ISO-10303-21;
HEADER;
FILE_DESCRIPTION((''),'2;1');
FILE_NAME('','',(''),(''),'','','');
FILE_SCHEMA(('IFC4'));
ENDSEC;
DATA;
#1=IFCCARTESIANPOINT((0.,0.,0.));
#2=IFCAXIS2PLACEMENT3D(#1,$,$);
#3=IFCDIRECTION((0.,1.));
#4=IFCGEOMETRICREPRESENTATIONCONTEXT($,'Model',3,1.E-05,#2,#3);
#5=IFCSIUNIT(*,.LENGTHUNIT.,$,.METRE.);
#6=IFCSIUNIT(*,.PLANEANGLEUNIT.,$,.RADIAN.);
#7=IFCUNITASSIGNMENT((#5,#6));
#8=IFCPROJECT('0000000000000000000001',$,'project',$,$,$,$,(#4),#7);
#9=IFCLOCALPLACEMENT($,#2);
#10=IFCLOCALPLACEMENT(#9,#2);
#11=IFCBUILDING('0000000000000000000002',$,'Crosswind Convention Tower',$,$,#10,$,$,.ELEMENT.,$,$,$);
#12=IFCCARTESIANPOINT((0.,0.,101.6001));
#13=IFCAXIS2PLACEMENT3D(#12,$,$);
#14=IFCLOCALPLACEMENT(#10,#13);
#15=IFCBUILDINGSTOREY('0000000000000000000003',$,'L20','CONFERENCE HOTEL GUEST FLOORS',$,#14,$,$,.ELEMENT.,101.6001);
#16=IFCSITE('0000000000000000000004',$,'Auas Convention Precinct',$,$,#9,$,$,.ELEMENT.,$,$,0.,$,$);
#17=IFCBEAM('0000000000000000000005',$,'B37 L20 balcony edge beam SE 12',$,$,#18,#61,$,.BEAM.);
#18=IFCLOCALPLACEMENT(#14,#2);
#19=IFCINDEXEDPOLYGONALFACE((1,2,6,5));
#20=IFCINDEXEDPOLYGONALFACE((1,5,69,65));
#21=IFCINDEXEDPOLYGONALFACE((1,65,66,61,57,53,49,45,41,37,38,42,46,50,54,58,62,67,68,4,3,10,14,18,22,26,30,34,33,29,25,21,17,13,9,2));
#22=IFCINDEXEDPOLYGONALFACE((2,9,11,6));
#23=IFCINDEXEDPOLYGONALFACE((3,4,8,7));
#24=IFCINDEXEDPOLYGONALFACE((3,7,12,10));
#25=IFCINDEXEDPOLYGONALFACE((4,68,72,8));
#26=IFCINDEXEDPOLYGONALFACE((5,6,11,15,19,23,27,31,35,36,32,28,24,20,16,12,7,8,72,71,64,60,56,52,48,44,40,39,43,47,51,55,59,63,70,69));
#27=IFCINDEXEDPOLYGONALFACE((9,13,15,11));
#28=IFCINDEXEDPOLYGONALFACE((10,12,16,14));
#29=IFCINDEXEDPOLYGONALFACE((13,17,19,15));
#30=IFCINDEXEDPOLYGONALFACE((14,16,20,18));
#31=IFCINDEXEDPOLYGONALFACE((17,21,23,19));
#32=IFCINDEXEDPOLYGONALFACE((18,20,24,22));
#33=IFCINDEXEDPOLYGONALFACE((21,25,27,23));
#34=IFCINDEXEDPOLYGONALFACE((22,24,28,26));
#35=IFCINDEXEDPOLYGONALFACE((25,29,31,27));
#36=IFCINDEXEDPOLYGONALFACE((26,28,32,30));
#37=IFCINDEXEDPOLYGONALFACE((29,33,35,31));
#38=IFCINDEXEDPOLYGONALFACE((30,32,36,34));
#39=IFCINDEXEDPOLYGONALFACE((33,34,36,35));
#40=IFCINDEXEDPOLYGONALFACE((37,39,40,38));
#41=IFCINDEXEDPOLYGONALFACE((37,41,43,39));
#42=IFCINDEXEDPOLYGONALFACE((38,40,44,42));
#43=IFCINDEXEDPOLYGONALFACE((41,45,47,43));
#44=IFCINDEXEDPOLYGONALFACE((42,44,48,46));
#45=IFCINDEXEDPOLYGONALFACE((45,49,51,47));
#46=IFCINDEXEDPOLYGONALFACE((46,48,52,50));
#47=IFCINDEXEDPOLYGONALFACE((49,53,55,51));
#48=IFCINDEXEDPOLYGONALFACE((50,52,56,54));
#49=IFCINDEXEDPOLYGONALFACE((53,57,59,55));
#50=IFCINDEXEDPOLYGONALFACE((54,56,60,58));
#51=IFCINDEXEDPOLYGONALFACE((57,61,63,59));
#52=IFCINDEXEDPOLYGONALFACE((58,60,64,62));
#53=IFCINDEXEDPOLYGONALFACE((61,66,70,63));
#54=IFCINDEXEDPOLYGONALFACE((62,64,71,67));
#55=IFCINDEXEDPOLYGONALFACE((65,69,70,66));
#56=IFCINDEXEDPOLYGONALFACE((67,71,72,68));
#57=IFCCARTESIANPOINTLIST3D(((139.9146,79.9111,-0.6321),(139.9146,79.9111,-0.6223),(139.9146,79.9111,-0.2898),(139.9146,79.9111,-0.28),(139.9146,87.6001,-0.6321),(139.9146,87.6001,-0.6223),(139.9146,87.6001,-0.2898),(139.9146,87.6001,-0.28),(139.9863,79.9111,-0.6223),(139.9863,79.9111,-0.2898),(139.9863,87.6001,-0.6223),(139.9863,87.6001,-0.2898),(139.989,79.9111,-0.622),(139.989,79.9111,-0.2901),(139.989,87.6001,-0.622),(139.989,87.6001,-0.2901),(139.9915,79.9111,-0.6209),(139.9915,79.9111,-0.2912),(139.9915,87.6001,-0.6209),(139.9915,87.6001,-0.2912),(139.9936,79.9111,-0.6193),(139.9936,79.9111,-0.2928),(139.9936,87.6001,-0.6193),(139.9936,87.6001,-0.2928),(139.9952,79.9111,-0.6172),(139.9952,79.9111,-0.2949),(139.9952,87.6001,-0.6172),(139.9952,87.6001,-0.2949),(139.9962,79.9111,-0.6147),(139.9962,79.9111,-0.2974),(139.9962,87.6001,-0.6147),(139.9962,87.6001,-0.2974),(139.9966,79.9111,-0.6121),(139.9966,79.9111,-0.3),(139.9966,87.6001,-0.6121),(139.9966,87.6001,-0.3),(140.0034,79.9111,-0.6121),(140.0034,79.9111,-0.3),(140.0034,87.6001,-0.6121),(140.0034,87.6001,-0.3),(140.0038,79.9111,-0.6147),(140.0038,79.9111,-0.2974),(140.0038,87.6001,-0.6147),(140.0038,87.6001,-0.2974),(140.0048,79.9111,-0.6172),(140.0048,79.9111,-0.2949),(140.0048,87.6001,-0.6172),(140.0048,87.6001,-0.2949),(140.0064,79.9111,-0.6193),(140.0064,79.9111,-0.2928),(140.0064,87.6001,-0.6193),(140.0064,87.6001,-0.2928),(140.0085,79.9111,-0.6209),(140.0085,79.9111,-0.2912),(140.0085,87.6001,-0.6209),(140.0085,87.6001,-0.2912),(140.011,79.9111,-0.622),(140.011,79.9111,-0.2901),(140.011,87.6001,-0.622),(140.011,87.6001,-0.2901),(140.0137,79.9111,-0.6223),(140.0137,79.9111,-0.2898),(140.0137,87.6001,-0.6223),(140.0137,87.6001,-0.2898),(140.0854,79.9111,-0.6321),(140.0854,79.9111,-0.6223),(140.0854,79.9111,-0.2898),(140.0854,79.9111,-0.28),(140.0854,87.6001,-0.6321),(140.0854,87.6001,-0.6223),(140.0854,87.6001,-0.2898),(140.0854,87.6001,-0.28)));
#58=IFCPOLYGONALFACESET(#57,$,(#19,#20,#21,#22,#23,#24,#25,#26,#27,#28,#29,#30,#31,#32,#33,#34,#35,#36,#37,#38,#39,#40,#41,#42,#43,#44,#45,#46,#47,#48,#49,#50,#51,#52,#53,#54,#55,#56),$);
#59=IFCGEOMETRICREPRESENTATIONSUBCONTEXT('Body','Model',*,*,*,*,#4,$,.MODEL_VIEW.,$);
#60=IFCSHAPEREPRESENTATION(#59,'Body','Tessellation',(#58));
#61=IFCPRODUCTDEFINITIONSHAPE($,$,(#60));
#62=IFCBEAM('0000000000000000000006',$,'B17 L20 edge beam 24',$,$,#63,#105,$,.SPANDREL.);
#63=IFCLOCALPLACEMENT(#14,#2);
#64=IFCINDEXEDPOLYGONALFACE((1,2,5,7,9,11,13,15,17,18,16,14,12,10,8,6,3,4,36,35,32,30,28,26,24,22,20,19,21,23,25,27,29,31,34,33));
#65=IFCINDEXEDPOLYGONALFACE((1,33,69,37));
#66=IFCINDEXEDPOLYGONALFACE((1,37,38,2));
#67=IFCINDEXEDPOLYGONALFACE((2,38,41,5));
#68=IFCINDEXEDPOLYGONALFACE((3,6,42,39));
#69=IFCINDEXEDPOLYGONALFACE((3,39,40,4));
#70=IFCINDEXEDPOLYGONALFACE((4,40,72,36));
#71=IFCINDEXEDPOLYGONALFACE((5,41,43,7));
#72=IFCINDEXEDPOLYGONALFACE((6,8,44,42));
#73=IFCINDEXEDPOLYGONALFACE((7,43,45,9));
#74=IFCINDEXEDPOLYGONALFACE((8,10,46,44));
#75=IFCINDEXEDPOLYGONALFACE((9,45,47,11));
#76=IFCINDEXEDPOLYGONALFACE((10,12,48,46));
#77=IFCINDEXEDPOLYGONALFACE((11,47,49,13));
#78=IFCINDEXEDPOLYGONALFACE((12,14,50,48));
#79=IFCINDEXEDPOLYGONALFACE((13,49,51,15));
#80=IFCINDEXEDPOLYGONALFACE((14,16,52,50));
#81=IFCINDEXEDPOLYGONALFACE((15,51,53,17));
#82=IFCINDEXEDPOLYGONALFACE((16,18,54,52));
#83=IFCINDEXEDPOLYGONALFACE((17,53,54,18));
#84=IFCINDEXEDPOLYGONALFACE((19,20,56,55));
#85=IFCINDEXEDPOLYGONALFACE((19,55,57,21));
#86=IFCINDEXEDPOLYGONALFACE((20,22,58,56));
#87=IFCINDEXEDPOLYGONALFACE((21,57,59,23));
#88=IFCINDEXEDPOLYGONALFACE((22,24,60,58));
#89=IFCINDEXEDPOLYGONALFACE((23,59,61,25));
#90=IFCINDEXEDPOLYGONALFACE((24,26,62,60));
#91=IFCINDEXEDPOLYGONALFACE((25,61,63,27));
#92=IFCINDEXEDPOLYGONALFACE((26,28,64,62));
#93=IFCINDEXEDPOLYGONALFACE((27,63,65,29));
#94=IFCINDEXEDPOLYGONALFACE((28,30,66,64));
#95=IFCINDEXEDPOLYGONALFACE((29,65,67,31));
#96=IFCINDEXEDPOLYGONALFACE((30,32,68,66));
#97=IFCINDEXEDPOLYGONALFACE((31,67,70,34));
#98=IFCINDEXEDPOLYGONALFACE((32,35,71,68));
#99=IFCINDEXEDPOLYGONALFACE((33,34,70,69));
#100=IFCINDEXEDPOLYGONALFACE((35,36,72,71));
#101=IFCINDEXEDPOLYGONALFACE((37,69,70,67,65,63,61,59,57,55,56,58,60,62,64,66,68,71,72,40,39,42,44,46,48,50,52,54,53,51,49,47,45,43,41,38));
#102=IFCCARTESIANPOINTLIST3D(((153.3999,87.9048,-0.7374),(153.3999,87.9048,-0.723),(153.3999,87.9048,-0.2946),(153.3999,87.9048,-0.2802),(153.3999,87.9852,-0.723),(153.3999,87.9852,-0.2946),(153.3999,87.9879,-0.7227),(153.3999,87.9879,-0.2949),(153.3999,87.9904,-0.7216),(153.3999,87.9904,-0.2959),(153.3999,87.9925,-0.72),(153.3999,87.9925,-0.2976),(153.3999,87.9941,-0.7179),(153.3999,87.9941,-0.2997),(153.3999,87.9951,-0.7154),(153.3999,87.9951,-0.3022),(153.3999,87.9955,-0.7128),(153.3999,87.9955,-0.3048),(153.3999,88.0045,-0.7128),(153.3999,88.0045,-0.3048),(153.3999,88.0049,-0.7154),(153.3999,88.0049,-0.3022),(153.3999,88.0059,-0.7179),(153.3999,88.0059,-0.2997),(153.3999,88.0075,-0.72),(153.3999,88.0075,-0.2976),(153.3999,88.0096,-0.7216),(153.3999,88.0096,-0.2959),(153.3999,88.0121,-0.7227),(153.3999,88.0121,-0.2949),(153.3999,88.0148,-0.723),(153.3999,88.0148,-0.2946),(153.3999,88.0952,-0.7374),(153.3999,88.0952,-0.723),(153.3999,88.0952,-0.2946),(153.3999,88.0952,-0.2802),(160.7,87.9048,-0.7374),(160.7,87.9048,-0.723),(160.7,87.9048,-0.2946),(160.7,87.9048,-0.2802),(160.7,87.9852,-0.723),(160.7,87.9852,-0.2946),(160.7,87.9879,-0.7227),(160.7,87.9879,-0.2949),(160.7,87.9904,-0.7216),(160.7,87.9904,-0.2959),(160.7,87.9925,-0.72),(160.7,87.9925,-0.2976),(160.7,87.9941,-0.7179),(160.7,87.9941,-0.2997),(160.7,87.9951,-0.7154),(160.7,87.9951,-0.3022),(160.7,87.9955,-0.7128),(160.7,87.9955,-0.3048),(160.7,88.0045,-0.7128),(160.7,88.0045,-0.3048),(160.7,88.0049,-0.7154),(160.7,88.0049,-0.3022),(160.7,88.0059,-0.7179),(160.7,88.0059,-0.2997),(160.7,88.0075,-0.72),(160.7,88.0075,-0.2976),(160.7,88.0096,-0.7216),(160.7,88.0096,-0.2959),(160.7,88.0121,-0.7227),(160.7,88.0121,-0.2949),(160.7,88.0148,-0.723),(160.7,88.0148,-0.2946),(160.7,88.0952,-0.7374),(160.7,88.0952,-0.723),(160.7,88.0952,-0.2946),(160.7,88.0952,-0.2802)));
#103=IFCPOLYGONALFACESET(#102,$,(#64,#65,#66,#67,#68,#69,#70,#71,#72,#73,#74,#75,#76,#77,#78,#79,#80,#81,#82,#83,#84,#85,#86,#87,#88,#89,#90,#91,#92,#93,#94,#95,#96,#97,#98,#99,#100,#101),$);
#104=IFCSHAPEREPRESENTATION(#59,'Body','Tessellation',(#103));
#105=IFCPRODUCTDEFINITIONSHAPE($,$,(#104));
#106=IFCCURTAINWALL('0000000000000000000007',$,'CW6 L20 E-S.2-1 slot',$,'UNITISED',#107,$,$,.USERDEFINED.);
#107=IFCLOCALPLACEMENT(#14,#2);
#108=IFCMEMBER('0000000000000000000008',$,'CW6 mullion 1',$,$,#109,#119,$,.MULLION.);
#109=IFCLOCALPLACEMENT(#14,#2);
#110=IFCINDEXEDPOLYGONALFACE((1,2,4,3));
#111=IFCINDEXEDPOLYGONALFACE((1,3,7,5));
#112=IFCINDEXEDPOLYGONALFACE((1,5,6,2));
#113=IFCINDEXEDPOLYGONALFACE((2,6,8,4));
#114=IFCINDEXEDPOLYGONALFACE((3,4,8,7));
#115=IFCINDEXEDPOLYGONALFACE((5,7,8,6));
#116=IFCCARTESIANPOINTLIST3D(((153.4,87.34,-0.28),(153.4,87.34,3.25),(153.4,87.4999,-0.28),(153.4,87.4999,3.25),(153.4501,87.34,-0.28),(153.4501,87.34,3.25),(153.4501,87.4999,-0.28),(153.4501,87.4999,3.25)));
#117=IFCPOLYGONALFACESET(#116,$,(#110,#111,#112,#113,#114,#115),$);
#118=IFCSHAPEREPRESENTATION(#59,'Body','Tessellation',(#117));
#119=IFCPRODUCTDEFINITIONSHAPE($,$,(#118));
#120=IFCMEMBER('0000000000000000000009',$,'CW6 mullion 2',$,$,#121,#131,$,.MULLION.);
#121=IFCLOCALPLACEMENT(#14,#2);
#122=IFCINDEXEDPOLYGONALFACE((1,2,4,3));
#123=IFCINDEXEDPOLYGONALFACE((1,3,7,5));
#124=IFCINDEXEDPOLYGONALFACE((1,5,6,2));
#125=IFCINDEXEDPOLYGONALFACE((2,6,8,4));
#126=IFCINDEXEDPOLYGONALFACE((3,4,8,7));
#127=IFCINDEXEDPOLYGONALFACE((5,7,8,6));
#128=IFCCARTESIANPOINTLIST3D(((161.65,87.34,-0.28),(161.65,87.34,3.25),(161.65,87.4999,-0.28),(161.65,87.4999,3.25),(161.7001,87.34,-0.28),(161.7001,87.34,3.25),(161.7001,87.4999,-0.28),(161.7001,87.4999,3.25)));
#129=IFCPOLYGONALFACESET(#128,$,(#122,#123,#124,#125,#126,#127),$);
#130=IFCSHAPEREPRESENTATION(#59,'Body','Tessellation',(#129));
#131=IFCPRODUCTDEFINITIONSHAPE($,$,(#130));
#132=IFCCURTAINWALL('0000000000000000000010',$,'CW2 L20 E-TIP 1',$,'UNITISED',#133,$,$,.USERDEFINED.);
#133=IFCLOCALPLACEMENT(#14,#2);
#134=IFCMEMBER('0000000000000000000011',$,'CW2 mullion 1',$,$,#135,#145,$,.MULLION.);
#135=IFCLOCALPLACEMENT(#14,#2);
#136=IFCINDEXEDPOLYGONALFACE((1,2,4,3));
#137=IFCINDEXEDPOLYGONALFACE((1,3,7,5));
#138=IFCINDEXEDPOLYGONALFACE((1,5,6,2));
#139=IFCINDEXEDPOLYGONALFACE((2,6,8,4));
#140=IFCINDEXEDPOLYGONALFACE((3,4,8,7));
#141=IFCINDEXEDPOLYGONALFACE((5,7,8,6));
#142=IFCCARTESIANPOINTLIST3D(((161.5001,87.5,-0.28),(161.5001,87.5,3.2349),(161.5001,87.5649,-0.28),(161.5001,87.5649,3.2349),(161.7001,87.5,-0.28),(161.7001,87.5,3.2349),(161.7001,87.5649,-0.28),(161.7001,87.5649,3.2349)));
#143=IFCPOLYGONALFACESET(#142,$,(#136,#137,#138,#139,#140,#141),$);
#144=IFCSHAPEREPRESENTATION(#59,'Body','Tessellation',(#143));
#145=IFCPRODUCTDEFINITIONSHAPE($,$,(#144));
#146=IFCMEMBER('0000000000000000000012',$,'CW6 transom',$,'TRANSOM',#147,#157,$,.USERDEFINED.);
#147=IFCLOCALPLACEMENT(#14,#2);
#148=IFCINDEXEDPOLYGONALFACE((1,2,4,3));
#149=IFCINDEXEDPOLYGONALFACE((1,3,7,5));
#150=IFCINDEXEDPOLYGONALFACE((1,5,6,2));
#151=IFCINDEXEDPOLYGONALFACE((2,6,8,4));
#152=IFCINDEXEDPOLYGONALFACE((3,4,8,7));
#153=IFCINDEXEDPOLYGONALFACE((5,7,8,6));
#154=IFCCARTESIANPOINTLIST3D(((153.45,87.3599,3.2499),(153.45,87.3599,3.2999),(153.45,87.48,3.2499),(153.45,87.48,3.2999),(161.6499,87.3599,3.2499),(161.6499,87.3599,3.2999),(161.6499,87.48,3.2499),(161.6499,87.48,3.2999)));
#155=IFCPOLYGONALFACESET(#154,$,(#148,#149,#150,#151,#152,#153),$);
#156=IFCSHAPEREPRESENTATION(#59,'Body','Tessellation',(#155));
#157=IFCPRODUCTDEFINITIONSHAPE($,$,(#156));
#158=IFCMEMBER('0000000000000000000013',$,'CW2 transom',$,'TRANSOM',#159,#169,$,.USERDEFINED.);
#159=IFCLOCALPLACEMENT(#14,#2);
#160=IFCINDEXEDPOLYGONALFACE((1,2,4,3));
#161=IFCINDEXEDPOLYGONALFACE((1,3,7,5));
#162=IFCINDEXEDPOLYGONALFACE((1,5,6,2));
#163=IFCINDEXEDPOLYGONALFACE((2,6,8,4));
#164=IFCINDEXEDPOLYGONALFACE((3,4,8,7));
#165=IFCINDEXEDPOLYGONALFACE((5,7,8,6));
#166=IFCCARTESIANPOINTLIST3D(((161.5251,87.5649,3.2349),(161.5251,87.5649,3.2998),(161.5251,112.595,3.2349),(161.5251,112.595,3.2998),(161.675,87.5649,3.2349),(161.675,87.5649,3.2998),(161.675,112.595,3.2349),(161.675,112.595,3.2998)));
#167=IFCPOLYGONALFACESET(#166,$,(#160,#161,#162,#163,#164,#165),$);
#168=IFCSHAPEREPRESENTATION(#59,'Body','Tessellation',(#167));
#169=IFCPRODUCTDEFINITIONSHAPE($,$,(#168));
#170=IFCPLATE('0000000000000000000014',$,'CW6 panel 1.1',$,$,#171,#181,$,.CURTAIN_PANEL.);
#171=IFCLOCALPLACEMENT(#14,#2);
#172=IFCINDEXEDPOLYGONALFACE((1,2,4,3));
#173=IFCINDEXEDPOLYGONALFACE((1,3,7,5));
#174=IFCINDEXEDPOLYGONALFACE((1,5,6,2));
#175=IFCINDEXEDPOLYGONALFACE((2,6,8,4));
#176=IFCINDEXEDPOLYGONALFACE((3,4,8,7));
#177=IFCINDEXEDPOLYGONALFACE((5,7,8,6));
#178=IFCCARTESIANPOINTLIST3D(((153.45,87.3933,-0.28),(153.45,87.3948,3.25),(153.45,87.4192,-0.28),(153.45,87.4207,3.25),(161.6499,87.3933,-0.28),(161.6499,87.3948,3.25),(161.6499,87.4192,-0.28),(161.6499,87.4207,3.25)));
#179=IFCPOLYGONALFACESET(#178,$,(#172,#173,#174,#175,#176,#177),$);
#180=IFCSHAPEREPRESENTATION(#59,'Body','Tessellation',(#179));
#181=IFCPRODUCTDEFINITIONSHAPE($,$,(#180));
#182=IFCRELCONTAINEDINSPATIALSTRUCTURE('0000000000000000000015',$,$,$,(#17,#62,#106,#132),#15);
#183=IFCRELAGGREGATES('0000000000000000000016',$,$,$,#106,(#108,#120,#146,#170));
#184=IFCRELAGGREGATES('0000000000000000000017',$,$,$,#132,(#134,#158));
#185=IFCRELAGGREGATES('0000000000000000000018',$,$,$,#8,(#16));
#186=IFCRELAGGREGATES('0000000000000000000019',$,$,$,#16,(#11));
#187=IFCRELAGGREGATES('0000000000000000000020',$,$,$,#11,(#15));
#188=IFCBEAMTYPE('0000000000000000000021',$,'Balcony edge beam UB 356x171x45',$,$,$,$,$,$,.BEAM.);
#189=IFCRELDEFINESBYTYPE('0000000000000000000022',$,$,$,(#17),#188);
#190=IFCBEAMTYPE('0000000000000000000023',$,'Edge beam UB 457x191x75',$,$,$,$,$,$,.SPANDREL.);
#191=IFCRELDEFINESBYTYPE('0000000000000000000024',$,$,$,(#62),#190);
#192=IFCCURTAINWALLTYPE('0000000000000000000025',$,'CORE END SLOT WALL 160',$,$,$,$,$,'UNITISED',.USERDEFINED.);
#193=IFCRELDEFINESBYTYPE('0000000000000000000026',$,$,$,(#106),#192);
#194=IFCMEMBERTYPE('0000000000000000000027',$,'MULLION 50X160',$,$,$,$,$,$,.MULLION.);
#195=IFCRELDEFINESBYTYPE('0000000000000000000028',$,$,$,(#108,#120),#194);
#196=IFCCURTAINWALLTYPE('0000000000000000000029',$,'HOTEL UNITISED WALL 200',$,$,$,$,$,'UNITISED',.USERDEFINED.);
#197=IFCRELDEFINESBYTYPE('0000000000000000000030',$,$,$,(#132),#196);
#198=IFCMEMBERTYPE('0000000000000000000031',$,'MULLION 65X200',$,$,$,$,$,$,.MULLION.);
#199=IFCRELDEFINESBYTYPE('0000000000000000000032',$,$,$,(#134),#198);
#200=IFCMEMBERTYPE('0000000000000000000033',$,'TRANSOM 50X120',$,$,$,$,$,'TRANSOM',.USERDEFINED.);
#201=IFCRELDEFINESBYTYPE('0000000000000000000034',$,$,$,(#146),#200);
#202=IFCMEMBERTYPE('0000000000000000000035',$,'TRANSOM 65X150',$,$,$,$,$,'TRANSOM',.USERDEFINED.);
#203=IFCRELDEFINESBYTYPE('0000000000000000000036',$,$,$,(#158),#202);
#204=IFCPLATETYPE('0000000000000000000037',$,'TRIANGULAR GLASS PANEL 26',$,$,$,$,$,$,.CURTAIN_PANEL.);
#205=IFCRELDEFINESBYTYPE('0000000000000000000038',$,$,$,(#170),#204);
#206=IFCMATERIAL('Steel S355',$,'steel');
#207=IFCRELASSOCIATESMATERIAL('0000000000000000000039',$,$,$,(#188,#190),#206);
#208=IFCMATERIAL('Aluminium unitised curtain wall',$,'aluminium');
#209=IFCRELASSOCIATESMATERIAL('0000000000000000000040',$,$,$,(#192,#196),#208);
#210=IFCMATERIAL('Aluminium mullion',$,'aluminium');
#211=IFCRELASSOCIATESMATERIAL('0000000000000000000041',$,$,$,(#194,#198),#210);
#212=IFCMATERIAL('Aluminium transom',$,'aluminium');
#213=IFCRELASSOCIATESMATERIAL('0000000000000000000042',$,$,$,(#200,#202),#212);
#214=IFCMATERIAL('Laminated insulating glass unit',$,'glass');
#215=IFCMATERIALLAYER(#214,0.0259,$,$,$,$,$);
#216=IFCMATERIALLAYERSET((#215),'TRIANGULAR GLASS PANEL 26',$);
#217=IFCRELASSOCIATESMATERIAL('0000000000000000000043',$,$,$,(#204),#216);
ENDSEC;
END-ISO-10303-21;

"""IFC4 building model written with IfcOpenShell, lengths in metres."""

from ifc_helpers import new_model, si_unit, direction, frame, origin, origin_2d, place, context, subcontext, project, spatial, polyline, rectangle, i_section, outline, extrude, material, layer, layer_set, material_profile, profile_set, type_object, element, aggregate, save


model = new_model("IFC4")

# Units and contexts
model_context = context("Model", 3, precision=1e-05, world=origin(), true_north=direction((0.0, 1.0)))
body_context = subcontext(model_context, "Body", "Model", "MODEL_VIEW")
ifc_project = project(units=[si_unit("LENGTHUNIT", "METRE"), si_unit("PLANEANGLEUNIT", "RADIAN")], contexts=[model_context])

# Site, building, storey
site_placement = place(None, origin())
site = spatial("IfcSite", under=ifc_project, at=site_placement, Name="Auas Convention Precinct", CompositionType="ELEMENT", RefElevation=0.0)
building_placement = place(site_placement, origin())
building = spatial("IfcBuilding", under=site, at=building_placement, Name="Crosswind Convention Tower", CompositionType="ELEMENT")
storey_placement = place(building_placement, frame((0.0, 0.0, 101.6001)))
storey = spatial("IfcBuildingStorey", under=building, at=storey_placement, Name="L20", Description="CONFERENCE HOTEL GUEST FLOORS", CompositionType="ELEMENT", Elevation=101.6001)

# Beams
ifc_material_1 = material(Name="Steel S355", Category="steel")
ifc_material_profile_1 = material_profile(ifc_material_1, i_section(OverallWidth=0.1709, OverallDepth=0.3521, WebThickness=0.0068, FlangeThickness=0.0098, FilletRadius=0.0103, at=origin_2d()), Name="UB 356x171x45")
ifc_profile_set_1 = profile_set([ifc_material_profile_1], Name="Steel S355")
beam_type_1 = type_object("IfcBeamType", Name="Balcony edge beam UB 356x171x45", PredefinedType="BEAM", material=ifc_profile_set_1)
beam_1_placement = place(storey_placement, frame((140.0, 87.6001, -0.4561), z_axis=(0.0, -1.0, 0.0), x_axis=(1.0, 0.0, 0.0)))
element("IfcBeam", 1, at=beam_1_placement, inside=storey, type_object=beam_type_1, Name="B37 L20 balcony edge beam SE 12", PredefinedType="BEAM", context=body_context, shape_type="SweptSolid", body=[
    extrude(i_section(OverallWidth=0.1709, OverallDepth=0.3521, WebThickness=0.0068, FlangeThickness=0.0098, FilletRadius=0.0103, at=origin_2d()), origin(), (0.0, 0.0, 1.0), 7.689),
])
ifc_material_profile_2 = material_profile(ifc_material_1, i_section(OverallWidth=0.1904, OverallDepth=0.4573, WebThickness=0.009, FlangeThickness=0.0144, FilletRadius=0.0103, at=origin_2d()), Name="UB 457x191x75")
ifc_profile_set_2 = profile_set([ifc_material_profile_2], Name="Steel S355")
beam_type_2 = type_object("IfcBeamType", Name="Edge beam UB 457x191x75", PredefinedType="SPANDREL", material=ifc_profile_set_2)
beam_2_placement = place(storey_placement, frame((153.3999, 88.0, -0.5088), z_axis=(1.0, 0.0, 0.0), x_axis=(0.0, 1.0, 0.0)))
element("IfcBeam", 2, at=beam_2_placement, inside=storey, type_object=beam_type_2, Name="B17 L20 edge beam 24", PredefinedType="SPANDREL", context=body_context, shape_type="SweptSolid", body=[
    extrude(i_section(OverallWidth=0.1904, OverallDepth=0.4573, WebThickness=0.009, FlangeThickness=0.0144, FilletRadius=0.0103, at=origin_2d()), origin(), (0.0, 0.0, 1.0), 7.3),
])

# Curtain wall, members
ifc_material_2 = material(Name="Aluminium unitised curtain wall", Category="aluminium")
curtain_wall_type_1 = type_object("IfcCurtainWallType", Name="CORE END SLOT WALL 160", ElementType="UNITISED", PredefinedType="USERDEFINED", material=ifc_material_2)
curtain_wall_1_placement = place(storey_placement, origin())
curtain_wall_1 = element("IfcCurtainWall", 3, at=curtain_wall_1_placement, inside=storey, type_object=curtain_wall_type_1, Name="CW6 L20 E-S.2-1 slot", ObjectType="UNITISED", PredefinedType="USERDEFINED")
ifc_material_3 = material(Name="Aluminium mullion", Category="aluminium")
ifc_material_profile_3 = material_profile(ifc_material_3, rectangle(XDim=0.1599, YDim=0.05, at=origin_2d()), Name="AL 160X50")
ifc_profile_set_3 = profile_set([ifc_material_profile_3], Name="Aluminium mullion")
member_type_1 = type_object("IfcMemberType", Name="MULLION 50X160", PredefinedType="MULLION", material=ifc_profile_set_3)
member_1_placement = place(storey_placement, frame((153.425, 87.4199, -0.28), z_axis=(0.0, 0.0, 1.0), x_axis=(0.0, -1.0, 0.0)))
member_1 = element("IfcMember", 4, at=member_1_placement, type_object=member_type_1, Name="CW6 mullion 1", PredefinedType="MULLION", context=body_context, shape_type="SweptSolid", body=[
    extrude(rectangle(XDim=0.1599, YDim=0.05, at=origin_2d()), origin(), (0.0, 0.0, 1.0), 3.53),
])
member_2_placement = place(storey_placement, frame((161.675, 87.4199, -0.28), z_axis=(0.0, 0.0, 1.0), x_axis=(0.0, -1.0, 0.0)))
member_2 = element("IfcMember", 5, at=member_2_placement, type_object=member_type_1, Name="CW6 mullion 2", PredefinedType="MULLION", context=body_context, shape_type="SweptSolid", body=[
    extrude(rectangle(XDim=0.1599, YDim=0.05, at=origin_2d()), origin(), (0.0, 0.0, 1.0), 3.53),
])

# Curtain wall, member
curtain_wall_type_2 = type_object("IfcCurtainWallType", Name="HOTEL UNITISED WALL 200", ElementType="UNITISED", PredefinedType="USERDEFINED", material=ifc_material_2)
curtain_wall_2_placement = place(storey_placement, origin())
curtain_wall_2 = element("IfcCurtainWall", 6, at=curtain_wall_2_placement, inside=storey, type_object=curtain_wall_type_2, Name="CW2 L20 E-TIP 1", ObjectType="UNITISED", PredefinedType="USERDEFINED")
ifc_material_profile_4 = material_profile(ifc_material_3, rectangle(XDim=0.2, YDim=0.0649, at=origin_2d()), Name="AL 200X65")
ifc_profile_set_4 = profile_set([ifc_material_profile_4], Name="Aluminium mullion")
member_type_2 = type_object("IfcMemberType", Name="MULLION 65X200", PredefinedType="MULLION", material=ifc_profile_set_4)
member_3_placement = place(storey_placement, frame((161.6001, 87.5325, -0.28), z_axis=(0.0, 0.0, 1.0), x_axis=(1.0, 0.0, 0.0)))
member_3 = element("IfcMember", 7, at=member_3_placement, type_object=member_type_2, Name="CW2 mullion 1", PredefinedType="MULLION", context=body_context, shape_type="SweptSolid", body=[
    extrude(rectangle(XDim=0.2, YDim=0.0649, at=origin_2d()), origin(), (0.0, 0.0, 1.0), 3.5149),
])

# Members
ifc_material_4 = material(Name="Aluminium transom", Category="aluminium")
ifc_material_profile_5 = material_profile(ifc_material_4, rectangle(XDim=0.1201, YDim=0.05, at=origin_2d()), Name="AL 120X50")
ifc_profile_set_5 = profile_set([ifc_material_profile_5], Name="Aluminium transom")
member_type_3 = type_object("IfcMemberType", Name="TRANSOM 50X120", ElementType="TRANSOM", PredefinedType="USERDEFINED", material=ifc_profile_set_5)
member_4_placement = place(storey_placement, frame((153.45, 87.4199, 3.2749), z_axis=(1.0, 0.0, 0.0), x_axis=(0.0, 1.0, 0.0)))
member_4 = element("IfcMember", 8, at=member_4_placement, type_object=member_type_3, Name="CW6 transom", ObjectType="TRANSOM", PredefinedType="USERDEFINED", context=body_context, shape_type="SweptSolid", body=[
    extrude(rectangle(XDim=0.1201, YDim=0.05, at=origin_2d()), origin(), (0.0, 0.0, 1.0), 8.2),
])
ifc_material_profile_6 = material_profile(ifc_material_4, rectangle(XDim=0.1499, YDim=0.0649, at=origin_2d()), Name="AL 150X65")
ifc_profile_set_6 = profile_set([ifc_material_profile_6], Name="Aluminium transom")
member_type_4 = type_object("IfcMemberType", Name="TRANSOM 65X150", ElementType="TRANSOM", PredefinedType="USERDEFINED", material=ifc_profile_set_6)
member_5_placement = place(storey_placement, frame((161.6001, 87.5649, 3.2673), z_axis=(0.0, 1.0, 0.0), x_axis=(-1.0, 0.0, 0.0)))
member_5 = element("IfcMember", 9, at=member_5_placement, type_object=member_type_4, Name="CW2 transom", ObjectType="TRANSOM", PredefinedType="USERDEFINED", context=body_context, shape_type="SweptSolid", body=[
    extrude(rectangle(XDim=0.1499, YDim=0.0649, at=origin_2d()), origin(), (0.0, 0.0, 1.0), 25.03),
])

# Plate
ifc_material_5 = material(Name="Laminated insulating glass unit", Category="glass")
ifc_layer_1 = layer(ifc_material_5, 0.0259)
ifc_layer_set_1 = layer_set([ifc_layer_1], Name="TRIANGULAR GLASS PANEL 26")
plate_type_1 = type_object("IfcPlateType", Name="TRIANGULAR GLASS PANEL 26", PredefinedType="CURTAIN_PANEL", material=ifc_layer_set_1)
plate_1_placement = place(storey_placement, frame((153.45, 87.3933, -0.28), z_axis=(0.0, -1.0, 0.000415), x_axis=(1.0, 0.0, 0.0)))
plate_1 = element("IfcPlate", 10, at=plate_1_placement, type_object=plate_type_1, Name="CW6 panel 1.1", PredefinedType="CURTAIN_PANEL", context=body_context, shape_type="SweptSolid", body=[
    extrude(outline(polyline([(0.0, 0.0), (8.2, 0.0), (8.2, 3.53), (0.0, 3.53), (0.0, 0.0)])), origin(), (0.0, 0.0, -1.0), 0.0259),
])
aggregate(curtain_wall_1, [member_1, member_2, member_4, plate_1])

aggregate(curtain_wall_2, [member_3, member_5])

save(model, "model.ifc")
